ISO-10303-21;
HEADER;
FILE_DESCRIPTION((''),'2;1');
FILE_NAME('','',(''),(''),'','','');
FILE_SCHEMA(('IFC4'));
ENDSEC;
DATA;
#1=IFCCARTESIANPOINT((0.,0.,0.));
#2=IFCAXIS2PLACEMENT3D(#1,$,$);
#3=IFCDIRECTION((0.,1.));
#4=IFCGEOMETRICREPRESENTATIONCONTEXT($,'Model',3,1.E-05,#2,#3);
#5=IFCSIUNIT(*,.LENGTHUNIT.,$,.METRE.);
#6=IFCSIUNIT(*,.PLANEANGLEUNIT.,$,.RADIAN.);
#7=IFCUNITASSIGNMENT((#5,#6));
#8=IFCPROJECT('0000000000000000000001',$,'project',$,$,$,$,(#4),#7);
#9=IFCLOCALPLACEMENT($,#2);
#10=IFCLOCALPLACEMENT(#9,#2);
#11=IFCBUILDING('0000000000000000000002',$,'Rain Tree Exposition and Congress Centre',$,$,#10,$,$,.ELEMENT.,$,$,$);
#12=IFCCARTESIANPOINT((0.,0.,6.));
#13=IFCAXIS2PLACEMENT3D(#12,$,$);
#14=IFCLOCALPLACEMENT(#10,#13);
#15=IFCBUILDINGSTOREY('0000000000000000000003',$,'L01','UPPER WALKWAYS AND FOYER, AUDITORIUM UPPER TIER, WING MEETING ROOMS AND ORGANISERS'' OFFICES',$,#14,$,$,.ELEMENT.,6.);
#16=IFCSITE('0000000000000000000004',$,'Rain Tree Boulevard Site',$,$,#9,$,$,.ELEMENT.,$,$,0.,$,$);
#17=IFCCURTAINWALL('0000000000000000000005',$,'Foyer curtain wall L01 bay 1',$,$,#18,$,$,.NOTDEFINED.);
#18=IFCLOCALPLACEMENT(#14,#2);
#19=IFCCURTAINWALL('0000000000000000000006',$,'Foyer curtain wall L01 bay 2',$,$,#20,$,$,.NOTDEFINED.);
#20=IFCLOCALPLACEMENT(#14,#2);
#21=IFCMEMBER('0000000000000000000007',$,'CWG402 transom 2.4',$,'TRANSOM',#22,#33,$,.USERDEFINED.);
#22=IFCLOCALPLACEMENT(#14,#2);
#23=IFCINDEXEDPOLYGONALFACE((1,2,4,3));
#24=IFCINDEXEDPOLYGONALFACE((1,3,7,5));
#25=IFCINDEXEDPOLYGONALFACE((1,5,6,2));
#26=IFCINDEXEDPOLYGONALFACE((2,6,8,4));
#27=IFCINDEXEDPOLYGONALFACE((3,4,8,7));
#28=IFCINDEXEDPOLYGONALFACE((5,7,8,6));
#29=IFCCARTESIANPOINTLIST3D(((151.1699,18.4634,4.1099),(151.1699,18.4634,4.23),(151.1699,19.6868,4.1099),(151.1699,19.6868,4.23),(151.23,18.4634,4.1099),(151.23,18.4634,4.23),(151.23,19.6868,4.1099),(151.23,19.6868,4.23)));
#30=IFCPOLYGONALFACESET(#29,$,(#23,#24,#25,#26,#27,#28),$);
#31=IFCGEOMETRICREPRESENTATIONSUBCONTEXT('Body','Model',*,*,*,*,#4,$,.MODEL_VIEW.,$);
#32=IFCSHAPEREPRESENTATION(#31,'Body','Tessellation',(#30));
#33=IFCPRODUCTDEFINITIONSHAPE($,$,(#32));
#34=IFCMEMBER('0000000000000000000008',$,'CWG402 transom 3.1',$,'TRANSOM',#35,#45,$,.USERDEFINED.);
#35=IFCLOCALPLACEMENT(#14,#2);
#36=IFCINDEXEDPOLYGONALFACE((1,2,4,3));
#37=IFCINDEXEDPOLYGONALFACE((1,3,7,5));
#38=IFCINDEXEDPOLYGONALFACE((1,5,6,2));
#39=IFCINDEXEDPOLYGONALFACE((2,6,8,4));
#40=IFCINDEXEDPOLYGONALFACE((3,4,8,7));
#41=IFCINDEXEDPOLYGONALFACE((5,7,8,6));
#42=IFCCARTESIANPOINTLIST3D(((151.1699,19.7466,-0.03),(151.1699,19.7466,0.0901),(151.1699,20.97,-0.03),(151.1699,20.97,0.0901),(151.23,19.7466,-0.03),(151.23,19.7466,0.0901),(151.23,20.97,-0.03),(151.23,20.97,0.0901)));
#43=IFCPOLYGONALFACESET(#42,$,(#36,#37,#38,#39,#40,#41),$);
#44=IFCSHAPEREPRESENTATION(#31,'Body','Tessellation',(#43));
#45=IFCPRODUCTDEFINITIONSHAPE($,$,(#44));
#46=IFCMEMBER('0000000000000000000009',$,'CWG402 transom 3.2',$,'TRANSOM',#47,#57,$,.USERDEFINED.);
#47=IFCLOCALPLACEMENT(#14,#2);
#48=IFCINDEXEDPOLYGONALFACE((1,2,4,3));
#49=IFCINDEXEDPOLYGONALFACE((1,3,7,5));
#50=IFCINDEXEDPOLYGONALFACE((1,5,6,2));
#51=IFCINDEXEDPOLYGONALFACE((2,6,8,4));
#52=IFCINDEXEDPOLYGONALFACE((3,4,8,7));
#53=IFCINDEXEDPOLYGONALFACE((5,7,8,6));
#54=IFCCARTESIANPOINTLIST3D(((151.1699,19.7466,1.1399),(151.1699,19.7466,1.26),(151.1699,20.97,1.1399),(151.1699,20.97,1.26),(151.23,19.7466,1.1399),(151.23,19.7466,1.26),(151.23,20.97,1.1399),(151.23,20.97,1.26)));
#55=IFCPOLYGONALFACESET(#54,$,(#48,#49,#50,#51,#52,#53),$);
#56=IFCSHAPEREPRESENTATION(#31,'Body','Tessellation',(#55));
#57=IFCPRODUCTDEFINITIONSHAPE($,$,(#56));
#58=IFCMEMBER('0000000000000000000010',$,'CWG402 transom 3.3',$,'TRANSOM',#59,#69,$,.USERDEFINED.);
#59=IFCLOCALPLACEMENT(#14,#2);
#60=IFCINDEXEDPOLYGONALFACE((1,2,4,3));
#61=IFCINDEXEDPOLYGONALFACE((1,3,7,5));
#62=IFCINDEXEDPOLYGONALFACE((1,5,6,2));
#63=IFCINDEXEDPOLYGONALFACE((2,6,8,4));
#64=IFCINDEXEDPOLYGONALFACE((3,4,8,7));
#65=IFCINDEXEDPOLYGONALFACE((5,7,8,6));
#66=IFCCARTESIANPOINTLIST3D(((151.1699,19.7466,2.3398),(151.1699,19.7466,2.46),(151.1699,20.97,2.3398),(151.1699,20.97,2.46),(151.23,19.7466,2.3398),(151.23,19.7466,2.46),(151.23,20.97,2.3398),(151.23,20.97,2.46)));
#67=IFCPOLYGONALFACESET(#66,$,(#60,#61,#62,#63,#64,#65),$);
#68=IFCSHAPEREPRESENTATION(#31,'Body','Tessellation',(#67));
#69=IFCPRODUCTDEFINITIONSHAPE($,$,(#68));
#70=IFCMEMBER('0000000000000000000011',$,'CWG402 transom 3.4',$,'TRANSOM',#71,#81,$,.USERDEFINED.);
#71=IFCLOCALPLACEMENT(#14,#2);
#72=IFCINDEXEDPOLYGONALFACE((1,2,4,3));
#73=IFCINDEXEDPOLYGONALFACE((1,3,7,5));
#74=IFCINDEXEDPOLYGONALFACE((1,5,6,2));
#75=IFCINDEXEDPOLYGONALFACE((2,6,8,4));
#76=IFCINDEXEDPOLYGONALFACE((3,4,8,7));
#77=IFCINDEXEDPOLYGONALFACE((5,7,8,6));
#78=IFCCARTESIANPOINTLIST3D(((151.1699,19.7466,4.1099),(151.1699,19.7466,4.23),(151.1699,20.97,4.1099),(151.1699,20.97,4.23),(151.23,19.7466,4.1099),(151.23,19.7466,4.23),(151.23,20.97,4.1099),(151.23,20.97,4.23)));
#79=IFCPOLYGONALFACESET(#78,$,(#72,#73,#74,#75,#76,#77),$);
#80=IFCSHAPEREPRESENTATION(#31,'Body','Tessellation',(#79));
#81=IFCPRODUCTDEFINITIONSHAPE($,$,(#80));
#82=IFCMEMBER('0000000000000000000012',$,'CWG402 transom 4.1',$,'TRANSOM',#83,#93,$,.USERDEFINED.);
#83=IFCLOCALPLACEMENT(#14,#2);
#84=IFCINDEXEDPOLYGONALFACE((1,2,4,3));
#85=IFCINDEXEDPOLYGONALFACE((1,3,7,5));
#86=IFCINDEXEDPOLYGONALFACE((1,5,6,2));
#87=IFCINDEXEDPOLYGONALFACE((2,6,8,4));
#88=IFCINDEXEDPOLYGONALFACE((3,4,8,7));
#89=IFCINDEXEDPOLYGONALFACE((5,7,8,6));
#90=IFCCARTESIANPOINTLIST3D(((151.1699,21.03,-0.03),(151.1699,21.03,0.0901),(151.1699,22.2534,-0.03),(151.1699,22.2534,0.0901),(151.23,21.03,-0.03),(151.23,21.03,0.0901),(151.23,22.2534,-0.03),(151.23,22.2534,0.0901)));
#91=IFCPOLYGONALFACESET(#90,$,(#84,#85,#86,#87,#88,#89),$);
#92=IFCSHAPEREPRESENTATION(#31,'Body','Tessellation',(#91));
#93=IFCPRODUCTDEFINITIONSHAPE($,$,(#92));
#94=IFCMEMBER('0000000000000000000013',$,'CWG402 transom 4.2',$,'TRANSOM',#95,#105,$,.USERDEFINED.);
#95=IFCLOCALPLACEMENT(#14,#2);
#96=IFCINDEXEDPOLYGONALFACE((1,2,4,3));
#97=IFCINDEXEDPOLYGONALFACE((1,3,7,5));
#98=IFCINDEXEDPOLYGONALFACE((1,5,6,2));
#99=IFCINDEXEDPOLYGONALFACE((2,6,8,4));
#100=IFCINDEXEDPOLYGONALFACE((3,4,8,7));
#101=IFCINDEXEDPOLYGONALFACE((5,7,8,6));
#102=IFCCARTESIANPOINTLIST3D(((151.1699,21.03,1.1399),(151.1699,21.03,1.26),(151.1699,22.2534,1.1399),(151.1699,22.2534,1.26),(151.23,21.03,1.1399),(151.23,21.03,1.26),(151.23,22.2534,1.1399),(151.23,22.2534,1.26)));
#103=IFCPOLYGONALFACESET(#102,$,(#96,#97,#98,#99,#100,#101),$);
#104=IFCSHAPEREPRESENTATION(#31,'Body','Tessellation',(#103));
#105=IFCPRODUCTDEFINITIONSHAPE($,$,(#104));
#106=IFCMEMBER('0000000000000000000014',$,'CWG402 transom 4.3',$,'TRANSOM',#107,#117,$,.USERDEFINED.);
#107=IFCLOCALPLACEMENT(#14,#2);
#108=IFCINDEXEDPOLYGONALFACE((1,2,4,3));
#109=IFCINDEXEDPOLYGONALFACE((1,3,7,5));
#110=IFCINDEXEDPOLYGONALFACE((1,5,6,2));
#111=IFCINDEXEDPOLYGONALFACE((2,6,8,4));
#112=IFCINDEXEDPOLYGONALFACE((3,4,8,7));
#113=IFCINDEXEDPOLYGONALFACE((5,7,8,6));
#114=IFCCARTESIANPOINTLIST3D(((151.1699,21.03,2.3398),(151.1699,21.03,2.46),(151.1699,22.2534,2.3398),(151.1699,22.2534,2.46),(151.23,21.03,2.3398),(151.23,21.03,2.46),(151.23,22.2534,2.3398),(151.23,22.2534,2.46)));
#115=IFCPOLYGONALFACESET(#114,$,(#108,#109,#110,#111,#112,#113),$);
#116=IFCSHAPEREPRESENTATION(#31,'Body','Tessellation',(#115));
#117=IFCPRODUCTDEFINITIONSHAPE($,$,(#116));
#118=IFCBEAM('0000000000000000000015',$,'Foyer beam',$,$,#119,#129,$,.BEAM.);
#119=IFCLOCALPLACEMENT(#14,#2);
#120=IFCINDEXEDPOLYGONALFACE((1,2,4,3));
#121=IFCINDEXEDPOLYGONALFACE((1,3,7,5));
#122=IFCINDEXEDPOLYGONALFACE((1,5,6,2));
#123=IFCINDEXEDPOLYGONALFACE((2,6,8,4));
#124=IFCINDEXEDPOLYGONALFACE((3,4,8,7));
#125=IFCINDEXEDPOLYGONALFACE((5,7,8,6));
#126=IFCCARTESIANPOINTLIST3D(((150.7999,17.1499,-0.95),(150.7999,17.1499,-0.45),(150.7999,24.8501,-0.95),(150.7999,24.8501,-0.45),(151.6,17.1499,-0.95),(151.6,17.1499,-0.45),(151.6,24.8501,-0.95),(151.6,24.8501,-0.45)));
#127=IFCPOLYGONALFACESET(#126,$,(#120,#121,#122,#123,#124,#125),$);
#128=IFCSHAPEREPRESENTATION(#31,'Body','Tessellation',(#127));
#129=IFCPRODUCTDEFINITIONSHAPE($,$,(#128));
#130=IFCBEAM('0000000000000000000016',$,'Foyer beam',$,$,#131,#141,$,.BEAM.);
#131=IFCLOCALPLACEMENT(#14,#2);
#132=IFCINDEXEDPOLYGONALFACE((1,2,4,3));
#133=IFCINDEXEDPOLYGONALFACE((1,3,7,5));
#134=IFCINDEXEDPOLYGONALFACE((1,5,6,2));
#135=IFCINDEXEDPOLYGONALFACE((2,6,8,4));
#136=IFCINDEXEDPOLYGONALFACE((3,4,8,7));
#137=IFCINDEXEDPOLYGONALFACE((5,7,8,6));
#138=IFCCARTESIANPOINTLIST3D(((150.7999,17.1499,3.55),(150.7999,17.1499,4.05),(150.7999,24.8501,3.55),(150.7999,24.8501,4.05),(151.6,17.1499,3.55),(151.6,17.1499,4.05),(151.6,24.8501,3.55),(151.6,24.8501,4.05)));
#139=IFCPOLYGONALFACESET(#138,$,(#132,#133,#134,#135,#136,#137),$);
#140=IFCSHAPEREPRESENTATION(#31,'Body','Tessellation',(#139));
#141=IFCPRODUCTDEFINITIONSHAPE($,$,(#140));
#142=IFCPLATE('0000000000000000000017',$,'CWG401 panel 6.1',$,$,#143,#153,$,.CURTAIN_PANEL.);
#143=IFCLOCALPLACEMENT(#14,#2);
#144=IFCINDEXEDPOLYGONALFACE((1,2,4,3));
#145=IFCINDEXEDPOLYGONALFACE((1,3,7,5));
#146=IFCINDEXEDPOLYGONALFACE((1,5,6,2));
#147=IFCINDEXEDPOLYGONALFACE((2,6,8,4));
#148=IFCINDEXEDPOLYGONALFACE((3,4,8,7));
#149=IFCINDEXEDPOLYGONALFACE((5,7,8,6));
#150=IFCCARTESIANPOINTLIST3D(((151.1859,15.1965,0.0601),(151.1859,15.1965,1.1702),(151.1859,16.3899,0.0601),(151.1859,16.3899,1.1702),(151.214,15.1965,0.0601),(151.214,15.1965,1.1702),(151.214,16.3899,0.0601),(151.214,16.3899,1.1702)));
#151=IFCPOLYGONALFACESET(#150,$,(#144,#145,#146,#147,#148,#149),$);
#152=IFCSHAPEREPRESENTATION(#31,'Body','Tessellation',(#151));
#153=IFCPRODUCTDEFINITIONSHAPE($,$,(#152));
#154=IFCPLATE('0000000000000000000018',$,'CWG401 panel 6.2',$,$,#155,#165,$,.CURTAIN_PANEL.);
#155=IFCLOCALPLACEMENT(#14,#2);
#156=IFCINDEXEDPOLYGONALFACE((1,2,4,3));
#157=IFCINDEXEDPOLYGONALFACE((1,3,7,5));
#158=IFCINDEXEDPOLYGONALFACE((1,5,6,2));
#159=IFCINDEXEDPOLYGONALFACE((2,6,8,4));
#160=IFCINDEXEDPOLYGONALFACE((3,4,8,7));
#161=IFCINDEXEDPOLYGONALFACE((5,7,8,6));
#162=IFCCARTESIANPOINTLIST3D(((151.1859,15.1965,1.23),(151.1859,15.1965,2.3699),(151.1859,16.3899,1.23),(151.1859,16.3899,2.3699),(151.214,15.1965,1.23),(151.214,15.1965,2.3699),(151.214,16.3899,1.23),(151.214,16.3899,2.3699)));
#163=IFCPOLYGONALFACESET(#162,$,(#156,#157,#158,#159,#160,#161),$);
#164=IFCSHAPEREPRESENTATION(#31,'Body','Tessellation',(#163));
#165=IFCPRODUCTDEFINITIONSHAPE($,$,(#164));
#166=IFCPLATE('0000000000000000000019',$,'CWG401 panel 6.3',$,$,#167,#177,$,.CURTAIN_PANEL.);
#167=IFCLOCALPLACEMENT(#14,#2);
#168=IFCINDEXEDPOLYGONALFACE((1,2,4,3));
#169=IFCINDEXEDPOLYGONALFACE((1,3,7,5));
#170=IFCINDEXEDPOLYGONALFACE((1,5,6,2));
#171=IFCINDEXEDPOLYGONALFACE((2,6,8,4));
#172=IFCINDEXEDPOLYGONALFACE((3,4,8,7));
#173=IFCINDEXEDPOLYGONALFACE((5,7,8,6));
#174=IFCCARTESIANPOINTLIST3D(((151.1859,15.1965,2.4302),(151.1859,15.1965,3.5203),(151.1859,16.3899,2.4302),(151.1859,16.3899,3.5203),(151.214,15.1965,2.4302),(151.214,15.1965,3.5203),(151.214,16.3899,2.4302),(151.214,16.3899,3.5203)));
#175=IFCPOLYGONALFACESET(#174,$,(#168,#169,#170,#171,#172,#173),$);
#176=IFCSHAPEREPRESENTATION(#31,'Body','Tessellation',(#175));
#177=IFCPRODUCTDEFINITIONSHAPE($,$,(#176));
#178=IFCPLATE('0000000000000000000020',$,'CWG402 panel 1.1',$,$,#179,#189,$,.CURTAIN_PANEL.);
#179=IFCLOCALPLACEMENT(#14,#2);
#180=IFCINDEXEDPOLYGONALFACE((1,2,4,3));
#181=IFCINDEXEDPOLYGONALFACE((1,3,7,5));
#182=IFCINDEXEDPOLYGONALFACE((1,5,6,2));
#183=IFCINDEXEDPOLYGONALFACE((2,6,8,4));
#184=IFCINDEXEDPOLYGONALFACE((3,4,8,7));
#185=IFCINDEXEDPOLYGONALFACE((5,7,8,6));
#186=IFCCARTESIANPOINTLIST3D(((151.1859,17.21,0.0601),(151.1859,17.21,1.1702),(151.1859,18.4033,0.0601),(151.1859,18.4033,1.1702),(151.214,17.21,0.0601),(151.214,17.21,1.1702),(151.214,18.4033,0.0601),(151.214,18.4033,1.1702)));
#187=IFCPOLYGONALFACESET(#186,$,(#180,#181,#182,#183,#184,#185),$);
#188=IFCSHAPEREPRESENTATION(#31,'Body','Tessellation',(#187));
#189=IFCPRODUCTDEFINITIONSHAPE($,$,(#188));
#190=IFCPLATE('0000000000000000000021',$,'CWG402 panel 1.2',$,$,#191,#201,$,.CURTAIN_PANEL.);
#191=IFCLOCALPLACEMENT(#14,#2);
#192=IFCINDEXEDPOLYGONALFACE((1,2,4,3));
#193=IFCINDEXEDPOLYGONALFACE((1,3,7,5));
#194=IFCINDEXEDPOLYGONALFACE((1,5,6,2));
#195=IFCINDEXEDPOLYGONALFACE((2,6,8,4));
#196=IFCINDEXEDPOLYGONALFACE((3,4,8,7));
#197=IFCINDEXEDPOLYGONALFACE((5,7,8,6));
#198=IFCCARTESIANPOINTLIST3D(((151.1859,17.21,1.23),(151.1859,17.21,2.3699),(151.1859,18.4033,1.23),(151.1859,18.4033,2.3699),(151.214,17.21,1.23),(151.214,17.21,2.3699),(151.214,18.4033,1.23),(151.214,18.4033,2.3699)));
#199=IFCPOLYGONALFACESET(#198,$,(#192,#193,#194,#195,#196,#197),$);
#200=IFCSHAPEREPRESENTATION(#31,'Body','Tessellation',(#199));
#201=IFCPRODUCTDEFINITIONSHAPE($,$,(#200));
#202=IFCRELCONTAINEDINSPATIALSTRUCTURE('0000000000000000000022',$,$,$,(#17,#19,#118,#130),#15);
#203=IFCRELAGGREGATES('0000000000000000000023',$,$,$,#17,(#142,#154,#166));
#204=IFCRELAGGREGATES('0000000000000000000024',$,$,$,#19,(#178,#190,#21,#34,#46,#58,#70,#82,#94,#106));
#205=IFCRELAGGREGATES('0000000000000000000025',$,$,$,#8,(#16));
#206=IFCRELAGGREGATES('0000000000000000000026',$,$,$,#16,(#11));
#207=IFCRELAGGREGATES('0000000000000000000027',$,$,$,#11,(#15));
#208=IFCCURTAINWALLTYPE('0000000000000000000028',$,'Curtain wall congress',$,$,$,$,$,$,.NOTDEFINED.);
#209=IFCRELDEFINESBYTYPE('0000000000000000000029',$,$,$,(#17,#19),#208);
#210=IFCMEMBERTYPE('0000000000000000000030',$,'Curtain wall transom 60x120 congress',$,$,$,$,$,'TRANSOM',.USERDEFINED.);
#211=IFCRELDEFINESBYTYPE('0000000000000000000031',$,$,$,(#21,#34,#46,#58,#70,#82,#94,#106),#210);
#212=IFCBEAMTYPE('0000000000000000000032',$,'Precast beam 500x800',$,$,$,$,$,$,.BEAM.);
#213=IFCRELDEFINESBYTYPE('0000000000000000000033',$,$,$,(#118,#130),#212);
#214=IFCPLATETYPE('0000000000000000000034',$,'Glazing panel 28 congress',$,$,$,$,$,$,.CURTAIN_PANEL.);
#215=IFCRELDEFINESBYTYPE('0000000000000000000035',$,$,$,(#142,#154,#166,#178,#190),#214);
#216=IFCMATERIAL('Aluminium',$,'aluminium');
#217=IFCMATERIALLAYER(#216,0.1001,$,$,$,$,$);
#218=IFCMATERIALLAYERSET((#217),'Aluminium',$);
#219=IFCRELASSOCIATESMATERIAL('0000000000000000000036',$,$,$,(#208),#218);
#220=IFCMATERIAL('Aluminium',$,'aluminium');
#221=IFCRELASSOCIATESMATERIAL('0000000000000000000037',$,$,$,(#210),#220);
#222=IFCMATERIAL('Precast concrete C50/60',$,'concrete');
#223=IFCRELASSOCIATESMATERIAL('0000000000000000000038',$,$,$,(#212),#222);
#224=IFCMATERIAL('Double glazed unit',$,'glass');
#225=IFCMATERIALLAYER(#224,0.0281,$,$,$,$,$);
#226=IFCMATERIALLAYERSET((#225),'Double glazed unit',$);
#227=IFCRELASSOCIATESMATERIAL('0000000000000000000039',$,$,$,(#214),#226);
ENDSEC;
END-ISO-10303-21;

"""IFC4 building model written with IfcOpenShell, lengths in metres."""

from ifc_helpers import new_model, si_unit, direction, frame, origin, origin_2d, place, context, subcontext, project, spatial, rectangle, extrude, material, layer, layer_set, material_profile, profile_set, type_object, element, aggregate, save


model = new_model("IFC4")

# Units and contexts
model_context = context("Model", 3, precision=1e-05, world=origin(), true_north=direction((0.0, 1.0)))
body_context = subcontext(model_context, "Body", "Model", "MODEL_VIEW")
ifc_project = project(units=[si_unit("LENGTHUNIT", "METRE"), si_unit("PLANEANGLEUNIT", "RADIAN")], contexts=[model_context])

# Site, building, storey
site_placement = place(None, origin())
site = spatial("IfcSite", under=ifc_project, at=site_placement, Name="Rain Tree Boulevard Site", CompositionType="ELEMENT", RefElevation=0.0)
building_placement = place(site_placement, origin())
building = spatial("IfcBuilding", under=site, at=building_placement, Name="Rain Tree Exposition and Congress Centre", CompositionType="ELEMENT")
storey_placement = place(building_placement, frame((0.0, 0.0, 6.0)))
storey = spatial("IfcBuildingStorey", under=building, at=storey_placement, Name="L01", Description="UPPER WALKWAYS AND FOYER, AUDITORIUM UPPER TIER, WING MEETING ROOMS AND ORGANISERS' OFFICES", CompositionType="ELEMENT", Elevation=6.0)

# Curtain wall
ifc_material_1 = material(Name="Aluminium", Category="aluminium")
ifc_layer_1 = layer(ifc_material_1, 0.1001)
ifc_layer_set_1 = layer_set([ifc_layer_1], Name="Aluminium")
curtain_wall_type = type_object("IfcCurtainWallType", Name="Curtain wall congress", PredefinedType="NOTDEFINED", material=ifc_layer_set_1)
curtain_wall_1_placement = place(storey_placement, origin())
curtain_wall_1 = element("IfcCurtainWall", 1, at=curtain_wall_1_placement, inside=storey, type_object=curtain_wall_type, Name="Foyer curtain wall L01 bay 1", PredefinedType="NOTDEFINED")

# Curtain wall
curtain_wall_2_placement = place(storey_placement, origin())
curtain_wall_2 = element("IfcCurtainWall", 2, at=curtain_wall_2_placement, inside=storey, type_object=curtain_wall_type, Name="Foyer curtain wall L01 bay 2", PredefinedType="NOTDEFINED")

# Members
ifc_material_2 = material(Name="Aluminium", Category="aluminium")
ifc_material_profile_1 = material_profile(ifc_material_2, rectangle(XDim=0.0601, YDim=0.1201, at=origin_2d()), Name="AL 60x120")
ifc_profile_set_1 = profile_set([ifc_material_profile_1], Name="Aluminium")
member_type_1 = type_object("IfcMemberType", Name="Curtain wall transom 60x120 congress", ElementType="TRANSOM", PredefinedType="USERDEFINED", material=ifc_profile_set_1)
member_1_placement = place(storey_placement, frame((151.2, 18.4634, 4.1699), z_axis=(0.0, 1.0, 0.0), x_axis=(-1.0, 0.0, 0.0)))
member_1 = element("IfcMember", 3, at=member_1_placement, type_object=member_type_1, Name="CWG402 transom 2.4", ObjectType="TRANSOM", PredefinedType="USERDEFINED", context=body_context, shape_type="SweptSolid", body=[
    extrude(rectangle(XDim=0.0601, YDim=0.1201, at=origin_2d()), origin(), (0.0, 0.0, 1.0), 1.2234),
])
member_2_placement = place(storey_placement, frame((151.2, 19.7466, 0.03), z_axis=(0.0, 1.0, 0.0), x_axis=(-1.0, 0.0, 0.0)))
member_2 = element("IfcMember", 4, at=member_2_placement, type_object=member_type_1, Name="CWG402 transom 3.1", ObjectType="TRANSOM", PredefinedType="USERDEFINED", context=body_context, shape_type="SweptSolid", body=[
    extrude(rectangle(XDim=0.0601, YDim=0.1201, at=origin_2d()), origin(), (0.0, 0.0, 1.0), 1.2234),
])
member_3_placement = place(storey_placement, frame((151.2, 19.7466, 1.2), z_axis=(0.0, 1.0, 0.0), x_axis=(-1.0, 0.0, 0.0)))
member_3 = element("IfcMember", 5, at=member_3_placement, type_object=member_type_1, Name="CWG402 transom 3.2", ObjectType="TRANSOM", PredefinedType="USERDEFINED", context=body_context, shape_type="SweptSolid", body=[
    extrude(rectangle(XDim=0.0601, YDim=0.1201, at=origin_2d()), origin(), (0.0, 0.0, 1.0), 1.2234),
])
member_4_placement = place(storey_placement, frame((151.2, 19.7466, 2.3999), z_axis=(0.0, 1.0, 0.0), x_axis=(-1.0, 0.0, 0.0)))
member_4 = element("IfcMember", 6, at=member_4_placement, type_object=member_type_1, Name="CWG402 transom 3.3", ObjectType="TRANSOM", PredefinedType="USERDEFINED", context=body_context, shape_type="SweptSolid", body=[
    extrude(rectangle(XDim=0.0601, YDim=0.1201, at=origin_2d()), origin(), (0.0, 0.0, 1.0), 1.2234),
])
member_5_placement = place(storey_placement, frame((151.2, 19.7466, 4.1699), z_axis=(0.0, 1.0, 0.0), x_axis=(-1.0, 0.0, 0.0)))
member_5 = element("IfcMember", 7, at=member_5_placement, type_object=member_type_1, Name="CWG402 transom 3.4", ObjectType="TRANSOM", PredefinedType="USERDEFINED", context=body_context, shape_type="SweptSolid", body=[
    extrude(rectangle(XDim=0.0601, YDim=0.1201, at=origin_2d()), origin(), (0.0, 0.0, 1.0), 1.2234),
])
member_6_placement = place(storey_placement, frame((151.2, 21.03, 0.03), z_axis=(0.0, 1.0, 0.0), x_axis=(-1.0, 0.0, 0.0)))
member_6 = element("IfcMember", 8, at=member_6_placement, type_object=member_type_1, Name="CWG402 transom 4.1", ObjectType="TRANSOM", PredefinedType="USERDEFINED", context=body_context, shape_type="SweptSolid", body=[
    extrude(rectangle(XDim=0.0601, YDim=0.1201, at=origin_2d()), origin(), (0.0, 0.0, 1.0), 1.2234),
])
member_7_placement = place(storey_placement, frame((151.2, 21.03, 1.2), z_axis=(0.0, 1.0, 0.0), x_axis=(-1.0, 0.0, 0.0)))
member_7 = element("IfcMember", 9, at=member_7_placement, type_object=member_type_1, Name="CWG402 transom 4.2", ObjectType="TRANSOM", PredefinedType="USERDEFINED", context=body_context, shape_type="SweptSolid", body=[
    extrude(rectangle(XDim=0.0601, YDim=0.1201, at=origin_2d()), origin(), (0.0, 0.0, 1.0), 1.2234),
])
member_8_placement = place(storey_placement, frame((151.2, 21.03, 2.3999), z_axis=(0.0, 1.0, 0.0), x_axis=(-1.0, 0.0, 0.0)))
member_8 = element("IfcMember", 10, at=member_8_placement, type_object=member_type_1, Name="CWG402 transom 4.3", ObjectType="TRANSOM", PredefinedType="USERDEFINED", context=body_context, shape_type="SweptSolid", body=[
    extrude(rectangle(XDim=0.0601, YDim=0.1201, at=origin_2d()), origin(), (0.0, 0.0, 1.0), 1.2234),
])

# Beams
ifc_material_3 = material(Name="Precast concrete C50/60", Category="concrete")
ifc_material_profile_2 = material_profile(ifc_material_3, rectangle(XDim=0.5, YDim=0.8, at=origin_2d()), Name="RC 500x800")
ifc_profile_set_2 = profile_set([ifc_material_profile_2], Name="Precast concrete C50/60")
beam_type = type_object("IfcBeamType", Name="Precast beam 500x800", PredefinedType="BEAM", material=ifc_profile_set_2)
for number, where, z_axis, x_axis, name in (
    (11, (151.2, 17.1499, -0.7), (0.0, 1.0, 0.0), (0.0, 0.0, 1.0), "Foyer beam"),
    (12, (151.2, 17.1499, 3.8), (0.0, 1.0, 0.0), (0.0, 0.0, 1.0), "Foyer beam"),
):
    element("IfcBeam", number, at=place(storey_placement, frame(where, z_axis=z_axis, x_axis=x_axis)), inside=storey, type_object=beam_type, Name=name, PredefinedType="BEAM", context=body_context, shape_type="SweptSolid", body=[
        extrude(rectangle(XDim=0.5, YDim=0.8, at=origin_2d()), origin(), (0.0, 0.0, 1.0), 7.7002),
    ])

# Plates
ifc_material_4 = material(Name="Double glazed unit", Category="glass")
ifc_layer_2 = layer(ifc_material_4, 0.0281)
ifc_layer_set_2 = layer_set([ifc_layer_2], Name="Double glazed unit")
plate_type = type_object("IfcPlateType", Name="Glazing panel 28 congress", PredefinedType="CURTAIN_PANEL", material=ifc_layer_set_2)
plate_1_placement = place(storey_placement, frame((151.2, 15.7932, 0.0601), z_axis=(0.0, 0.0, 1.0), x_axis=(0.0, 1.0, 0.0)))
plate_1 = element("IfcPlate", 13, at=plate_1_placement, type_object=plate_type, Name="CWG401 panel 6.1", PredefinedType="CURTAIN_PANEL", context=body_context, shape_type="SweptSolid", body=[
    extrude(rectangle(XDim=1.1934, YDim=0.0281, at=origin_2d()), origin(), (0.0, 0.0, 1.0), 1.1101),
])
plate_2_placement = place(storey_placement, frame((151.2, 15.7932, 1.23), z_axis=(0.0, 0.0, 1.0), x_axis=(0.0, 1.0, 0.0)))
plate_2 = element("IfcPlate", 14, at=plate_2_placement, type_object=plate_type, Name="CWG401 panel 6.2", PredefinedType="CURTAIN_PANEL", context=body_context, shape_type="SweptSolid", body=[
    extrude(rectangle(XDim=1.1934, YDim=0.0281, at=origin_2d()), origin(), (0.0, 0.0, 1.0), 1.1399),
])
plate_3_placement = place(storey_placement, frame((151.2, 15.7932, 2.4302), z_axis=(0.0, 0.0, 1.0), x_axis=(0.0, 1.0, 0.0)))
plate_3 = element("IfcPlate", 15, at=plate_3_placement, type_object=plate_type, Name="CWG401 panel 6.3", PredefinedType="CURTAIN_PANEL", context=body_context, shape_type="SweptSolid", body=[
    extrude(rectangle(XDim=1.1934, YDim=0.0281, at=origin_2d()), origin(), (0.0, 0.0, 1.0), 1.0901),
])
aggregate(curtain_wall_1, [plate_1, plate_2, plate_3])
plate_4_placement = place(storey_placement, frame((151.2, 17.8066, 0.0601), z_axis=(0.0, 0.0, 1.0), x_axis=(0.0, 1.0, 0.0)))
plate_4 = element("IfcPlate", 16, at=plate_4_placement, type_object=plate_type, Name="CWG402 panel 1.1", PredefinedType="CURTAIN_PANEL", context=body_context, shape_type="SweptSolid", body=[
    extrude(rectangle(XDim=1.1934, YDim=0.0281, at=origin_2d()), origin(), (0.0, 0.0, 1.0), 1.1101),
])
plate_5_placement = place(storey_placement, frame((151.2, 17.8066, 1.23), z_axis=(0.0, 0.0, 1.0), x_axis=(0.0, 1.0, 0.0)))
plate_5 = element("IfcPlate", 17, at=plate_5_placement, type_object=plate_type, Name="CWG402 panel 1.2", PredefinedType="CURTAIN_PANEL", context=body_context, shape_type="SweptSolid", body=[
    extrude(rectangle(XDim=1.1934, YDim=0.0281, at=origin_2d()), origin(), (0.0, 0.0, 1.0), 1.1399),
])
aggregate(curtain_wall_2, [plate_4, plate_5, member_1, member_2, member_3, member_4, member_5, member_6, member_7, member_8])

save(model, "model.ifc")
